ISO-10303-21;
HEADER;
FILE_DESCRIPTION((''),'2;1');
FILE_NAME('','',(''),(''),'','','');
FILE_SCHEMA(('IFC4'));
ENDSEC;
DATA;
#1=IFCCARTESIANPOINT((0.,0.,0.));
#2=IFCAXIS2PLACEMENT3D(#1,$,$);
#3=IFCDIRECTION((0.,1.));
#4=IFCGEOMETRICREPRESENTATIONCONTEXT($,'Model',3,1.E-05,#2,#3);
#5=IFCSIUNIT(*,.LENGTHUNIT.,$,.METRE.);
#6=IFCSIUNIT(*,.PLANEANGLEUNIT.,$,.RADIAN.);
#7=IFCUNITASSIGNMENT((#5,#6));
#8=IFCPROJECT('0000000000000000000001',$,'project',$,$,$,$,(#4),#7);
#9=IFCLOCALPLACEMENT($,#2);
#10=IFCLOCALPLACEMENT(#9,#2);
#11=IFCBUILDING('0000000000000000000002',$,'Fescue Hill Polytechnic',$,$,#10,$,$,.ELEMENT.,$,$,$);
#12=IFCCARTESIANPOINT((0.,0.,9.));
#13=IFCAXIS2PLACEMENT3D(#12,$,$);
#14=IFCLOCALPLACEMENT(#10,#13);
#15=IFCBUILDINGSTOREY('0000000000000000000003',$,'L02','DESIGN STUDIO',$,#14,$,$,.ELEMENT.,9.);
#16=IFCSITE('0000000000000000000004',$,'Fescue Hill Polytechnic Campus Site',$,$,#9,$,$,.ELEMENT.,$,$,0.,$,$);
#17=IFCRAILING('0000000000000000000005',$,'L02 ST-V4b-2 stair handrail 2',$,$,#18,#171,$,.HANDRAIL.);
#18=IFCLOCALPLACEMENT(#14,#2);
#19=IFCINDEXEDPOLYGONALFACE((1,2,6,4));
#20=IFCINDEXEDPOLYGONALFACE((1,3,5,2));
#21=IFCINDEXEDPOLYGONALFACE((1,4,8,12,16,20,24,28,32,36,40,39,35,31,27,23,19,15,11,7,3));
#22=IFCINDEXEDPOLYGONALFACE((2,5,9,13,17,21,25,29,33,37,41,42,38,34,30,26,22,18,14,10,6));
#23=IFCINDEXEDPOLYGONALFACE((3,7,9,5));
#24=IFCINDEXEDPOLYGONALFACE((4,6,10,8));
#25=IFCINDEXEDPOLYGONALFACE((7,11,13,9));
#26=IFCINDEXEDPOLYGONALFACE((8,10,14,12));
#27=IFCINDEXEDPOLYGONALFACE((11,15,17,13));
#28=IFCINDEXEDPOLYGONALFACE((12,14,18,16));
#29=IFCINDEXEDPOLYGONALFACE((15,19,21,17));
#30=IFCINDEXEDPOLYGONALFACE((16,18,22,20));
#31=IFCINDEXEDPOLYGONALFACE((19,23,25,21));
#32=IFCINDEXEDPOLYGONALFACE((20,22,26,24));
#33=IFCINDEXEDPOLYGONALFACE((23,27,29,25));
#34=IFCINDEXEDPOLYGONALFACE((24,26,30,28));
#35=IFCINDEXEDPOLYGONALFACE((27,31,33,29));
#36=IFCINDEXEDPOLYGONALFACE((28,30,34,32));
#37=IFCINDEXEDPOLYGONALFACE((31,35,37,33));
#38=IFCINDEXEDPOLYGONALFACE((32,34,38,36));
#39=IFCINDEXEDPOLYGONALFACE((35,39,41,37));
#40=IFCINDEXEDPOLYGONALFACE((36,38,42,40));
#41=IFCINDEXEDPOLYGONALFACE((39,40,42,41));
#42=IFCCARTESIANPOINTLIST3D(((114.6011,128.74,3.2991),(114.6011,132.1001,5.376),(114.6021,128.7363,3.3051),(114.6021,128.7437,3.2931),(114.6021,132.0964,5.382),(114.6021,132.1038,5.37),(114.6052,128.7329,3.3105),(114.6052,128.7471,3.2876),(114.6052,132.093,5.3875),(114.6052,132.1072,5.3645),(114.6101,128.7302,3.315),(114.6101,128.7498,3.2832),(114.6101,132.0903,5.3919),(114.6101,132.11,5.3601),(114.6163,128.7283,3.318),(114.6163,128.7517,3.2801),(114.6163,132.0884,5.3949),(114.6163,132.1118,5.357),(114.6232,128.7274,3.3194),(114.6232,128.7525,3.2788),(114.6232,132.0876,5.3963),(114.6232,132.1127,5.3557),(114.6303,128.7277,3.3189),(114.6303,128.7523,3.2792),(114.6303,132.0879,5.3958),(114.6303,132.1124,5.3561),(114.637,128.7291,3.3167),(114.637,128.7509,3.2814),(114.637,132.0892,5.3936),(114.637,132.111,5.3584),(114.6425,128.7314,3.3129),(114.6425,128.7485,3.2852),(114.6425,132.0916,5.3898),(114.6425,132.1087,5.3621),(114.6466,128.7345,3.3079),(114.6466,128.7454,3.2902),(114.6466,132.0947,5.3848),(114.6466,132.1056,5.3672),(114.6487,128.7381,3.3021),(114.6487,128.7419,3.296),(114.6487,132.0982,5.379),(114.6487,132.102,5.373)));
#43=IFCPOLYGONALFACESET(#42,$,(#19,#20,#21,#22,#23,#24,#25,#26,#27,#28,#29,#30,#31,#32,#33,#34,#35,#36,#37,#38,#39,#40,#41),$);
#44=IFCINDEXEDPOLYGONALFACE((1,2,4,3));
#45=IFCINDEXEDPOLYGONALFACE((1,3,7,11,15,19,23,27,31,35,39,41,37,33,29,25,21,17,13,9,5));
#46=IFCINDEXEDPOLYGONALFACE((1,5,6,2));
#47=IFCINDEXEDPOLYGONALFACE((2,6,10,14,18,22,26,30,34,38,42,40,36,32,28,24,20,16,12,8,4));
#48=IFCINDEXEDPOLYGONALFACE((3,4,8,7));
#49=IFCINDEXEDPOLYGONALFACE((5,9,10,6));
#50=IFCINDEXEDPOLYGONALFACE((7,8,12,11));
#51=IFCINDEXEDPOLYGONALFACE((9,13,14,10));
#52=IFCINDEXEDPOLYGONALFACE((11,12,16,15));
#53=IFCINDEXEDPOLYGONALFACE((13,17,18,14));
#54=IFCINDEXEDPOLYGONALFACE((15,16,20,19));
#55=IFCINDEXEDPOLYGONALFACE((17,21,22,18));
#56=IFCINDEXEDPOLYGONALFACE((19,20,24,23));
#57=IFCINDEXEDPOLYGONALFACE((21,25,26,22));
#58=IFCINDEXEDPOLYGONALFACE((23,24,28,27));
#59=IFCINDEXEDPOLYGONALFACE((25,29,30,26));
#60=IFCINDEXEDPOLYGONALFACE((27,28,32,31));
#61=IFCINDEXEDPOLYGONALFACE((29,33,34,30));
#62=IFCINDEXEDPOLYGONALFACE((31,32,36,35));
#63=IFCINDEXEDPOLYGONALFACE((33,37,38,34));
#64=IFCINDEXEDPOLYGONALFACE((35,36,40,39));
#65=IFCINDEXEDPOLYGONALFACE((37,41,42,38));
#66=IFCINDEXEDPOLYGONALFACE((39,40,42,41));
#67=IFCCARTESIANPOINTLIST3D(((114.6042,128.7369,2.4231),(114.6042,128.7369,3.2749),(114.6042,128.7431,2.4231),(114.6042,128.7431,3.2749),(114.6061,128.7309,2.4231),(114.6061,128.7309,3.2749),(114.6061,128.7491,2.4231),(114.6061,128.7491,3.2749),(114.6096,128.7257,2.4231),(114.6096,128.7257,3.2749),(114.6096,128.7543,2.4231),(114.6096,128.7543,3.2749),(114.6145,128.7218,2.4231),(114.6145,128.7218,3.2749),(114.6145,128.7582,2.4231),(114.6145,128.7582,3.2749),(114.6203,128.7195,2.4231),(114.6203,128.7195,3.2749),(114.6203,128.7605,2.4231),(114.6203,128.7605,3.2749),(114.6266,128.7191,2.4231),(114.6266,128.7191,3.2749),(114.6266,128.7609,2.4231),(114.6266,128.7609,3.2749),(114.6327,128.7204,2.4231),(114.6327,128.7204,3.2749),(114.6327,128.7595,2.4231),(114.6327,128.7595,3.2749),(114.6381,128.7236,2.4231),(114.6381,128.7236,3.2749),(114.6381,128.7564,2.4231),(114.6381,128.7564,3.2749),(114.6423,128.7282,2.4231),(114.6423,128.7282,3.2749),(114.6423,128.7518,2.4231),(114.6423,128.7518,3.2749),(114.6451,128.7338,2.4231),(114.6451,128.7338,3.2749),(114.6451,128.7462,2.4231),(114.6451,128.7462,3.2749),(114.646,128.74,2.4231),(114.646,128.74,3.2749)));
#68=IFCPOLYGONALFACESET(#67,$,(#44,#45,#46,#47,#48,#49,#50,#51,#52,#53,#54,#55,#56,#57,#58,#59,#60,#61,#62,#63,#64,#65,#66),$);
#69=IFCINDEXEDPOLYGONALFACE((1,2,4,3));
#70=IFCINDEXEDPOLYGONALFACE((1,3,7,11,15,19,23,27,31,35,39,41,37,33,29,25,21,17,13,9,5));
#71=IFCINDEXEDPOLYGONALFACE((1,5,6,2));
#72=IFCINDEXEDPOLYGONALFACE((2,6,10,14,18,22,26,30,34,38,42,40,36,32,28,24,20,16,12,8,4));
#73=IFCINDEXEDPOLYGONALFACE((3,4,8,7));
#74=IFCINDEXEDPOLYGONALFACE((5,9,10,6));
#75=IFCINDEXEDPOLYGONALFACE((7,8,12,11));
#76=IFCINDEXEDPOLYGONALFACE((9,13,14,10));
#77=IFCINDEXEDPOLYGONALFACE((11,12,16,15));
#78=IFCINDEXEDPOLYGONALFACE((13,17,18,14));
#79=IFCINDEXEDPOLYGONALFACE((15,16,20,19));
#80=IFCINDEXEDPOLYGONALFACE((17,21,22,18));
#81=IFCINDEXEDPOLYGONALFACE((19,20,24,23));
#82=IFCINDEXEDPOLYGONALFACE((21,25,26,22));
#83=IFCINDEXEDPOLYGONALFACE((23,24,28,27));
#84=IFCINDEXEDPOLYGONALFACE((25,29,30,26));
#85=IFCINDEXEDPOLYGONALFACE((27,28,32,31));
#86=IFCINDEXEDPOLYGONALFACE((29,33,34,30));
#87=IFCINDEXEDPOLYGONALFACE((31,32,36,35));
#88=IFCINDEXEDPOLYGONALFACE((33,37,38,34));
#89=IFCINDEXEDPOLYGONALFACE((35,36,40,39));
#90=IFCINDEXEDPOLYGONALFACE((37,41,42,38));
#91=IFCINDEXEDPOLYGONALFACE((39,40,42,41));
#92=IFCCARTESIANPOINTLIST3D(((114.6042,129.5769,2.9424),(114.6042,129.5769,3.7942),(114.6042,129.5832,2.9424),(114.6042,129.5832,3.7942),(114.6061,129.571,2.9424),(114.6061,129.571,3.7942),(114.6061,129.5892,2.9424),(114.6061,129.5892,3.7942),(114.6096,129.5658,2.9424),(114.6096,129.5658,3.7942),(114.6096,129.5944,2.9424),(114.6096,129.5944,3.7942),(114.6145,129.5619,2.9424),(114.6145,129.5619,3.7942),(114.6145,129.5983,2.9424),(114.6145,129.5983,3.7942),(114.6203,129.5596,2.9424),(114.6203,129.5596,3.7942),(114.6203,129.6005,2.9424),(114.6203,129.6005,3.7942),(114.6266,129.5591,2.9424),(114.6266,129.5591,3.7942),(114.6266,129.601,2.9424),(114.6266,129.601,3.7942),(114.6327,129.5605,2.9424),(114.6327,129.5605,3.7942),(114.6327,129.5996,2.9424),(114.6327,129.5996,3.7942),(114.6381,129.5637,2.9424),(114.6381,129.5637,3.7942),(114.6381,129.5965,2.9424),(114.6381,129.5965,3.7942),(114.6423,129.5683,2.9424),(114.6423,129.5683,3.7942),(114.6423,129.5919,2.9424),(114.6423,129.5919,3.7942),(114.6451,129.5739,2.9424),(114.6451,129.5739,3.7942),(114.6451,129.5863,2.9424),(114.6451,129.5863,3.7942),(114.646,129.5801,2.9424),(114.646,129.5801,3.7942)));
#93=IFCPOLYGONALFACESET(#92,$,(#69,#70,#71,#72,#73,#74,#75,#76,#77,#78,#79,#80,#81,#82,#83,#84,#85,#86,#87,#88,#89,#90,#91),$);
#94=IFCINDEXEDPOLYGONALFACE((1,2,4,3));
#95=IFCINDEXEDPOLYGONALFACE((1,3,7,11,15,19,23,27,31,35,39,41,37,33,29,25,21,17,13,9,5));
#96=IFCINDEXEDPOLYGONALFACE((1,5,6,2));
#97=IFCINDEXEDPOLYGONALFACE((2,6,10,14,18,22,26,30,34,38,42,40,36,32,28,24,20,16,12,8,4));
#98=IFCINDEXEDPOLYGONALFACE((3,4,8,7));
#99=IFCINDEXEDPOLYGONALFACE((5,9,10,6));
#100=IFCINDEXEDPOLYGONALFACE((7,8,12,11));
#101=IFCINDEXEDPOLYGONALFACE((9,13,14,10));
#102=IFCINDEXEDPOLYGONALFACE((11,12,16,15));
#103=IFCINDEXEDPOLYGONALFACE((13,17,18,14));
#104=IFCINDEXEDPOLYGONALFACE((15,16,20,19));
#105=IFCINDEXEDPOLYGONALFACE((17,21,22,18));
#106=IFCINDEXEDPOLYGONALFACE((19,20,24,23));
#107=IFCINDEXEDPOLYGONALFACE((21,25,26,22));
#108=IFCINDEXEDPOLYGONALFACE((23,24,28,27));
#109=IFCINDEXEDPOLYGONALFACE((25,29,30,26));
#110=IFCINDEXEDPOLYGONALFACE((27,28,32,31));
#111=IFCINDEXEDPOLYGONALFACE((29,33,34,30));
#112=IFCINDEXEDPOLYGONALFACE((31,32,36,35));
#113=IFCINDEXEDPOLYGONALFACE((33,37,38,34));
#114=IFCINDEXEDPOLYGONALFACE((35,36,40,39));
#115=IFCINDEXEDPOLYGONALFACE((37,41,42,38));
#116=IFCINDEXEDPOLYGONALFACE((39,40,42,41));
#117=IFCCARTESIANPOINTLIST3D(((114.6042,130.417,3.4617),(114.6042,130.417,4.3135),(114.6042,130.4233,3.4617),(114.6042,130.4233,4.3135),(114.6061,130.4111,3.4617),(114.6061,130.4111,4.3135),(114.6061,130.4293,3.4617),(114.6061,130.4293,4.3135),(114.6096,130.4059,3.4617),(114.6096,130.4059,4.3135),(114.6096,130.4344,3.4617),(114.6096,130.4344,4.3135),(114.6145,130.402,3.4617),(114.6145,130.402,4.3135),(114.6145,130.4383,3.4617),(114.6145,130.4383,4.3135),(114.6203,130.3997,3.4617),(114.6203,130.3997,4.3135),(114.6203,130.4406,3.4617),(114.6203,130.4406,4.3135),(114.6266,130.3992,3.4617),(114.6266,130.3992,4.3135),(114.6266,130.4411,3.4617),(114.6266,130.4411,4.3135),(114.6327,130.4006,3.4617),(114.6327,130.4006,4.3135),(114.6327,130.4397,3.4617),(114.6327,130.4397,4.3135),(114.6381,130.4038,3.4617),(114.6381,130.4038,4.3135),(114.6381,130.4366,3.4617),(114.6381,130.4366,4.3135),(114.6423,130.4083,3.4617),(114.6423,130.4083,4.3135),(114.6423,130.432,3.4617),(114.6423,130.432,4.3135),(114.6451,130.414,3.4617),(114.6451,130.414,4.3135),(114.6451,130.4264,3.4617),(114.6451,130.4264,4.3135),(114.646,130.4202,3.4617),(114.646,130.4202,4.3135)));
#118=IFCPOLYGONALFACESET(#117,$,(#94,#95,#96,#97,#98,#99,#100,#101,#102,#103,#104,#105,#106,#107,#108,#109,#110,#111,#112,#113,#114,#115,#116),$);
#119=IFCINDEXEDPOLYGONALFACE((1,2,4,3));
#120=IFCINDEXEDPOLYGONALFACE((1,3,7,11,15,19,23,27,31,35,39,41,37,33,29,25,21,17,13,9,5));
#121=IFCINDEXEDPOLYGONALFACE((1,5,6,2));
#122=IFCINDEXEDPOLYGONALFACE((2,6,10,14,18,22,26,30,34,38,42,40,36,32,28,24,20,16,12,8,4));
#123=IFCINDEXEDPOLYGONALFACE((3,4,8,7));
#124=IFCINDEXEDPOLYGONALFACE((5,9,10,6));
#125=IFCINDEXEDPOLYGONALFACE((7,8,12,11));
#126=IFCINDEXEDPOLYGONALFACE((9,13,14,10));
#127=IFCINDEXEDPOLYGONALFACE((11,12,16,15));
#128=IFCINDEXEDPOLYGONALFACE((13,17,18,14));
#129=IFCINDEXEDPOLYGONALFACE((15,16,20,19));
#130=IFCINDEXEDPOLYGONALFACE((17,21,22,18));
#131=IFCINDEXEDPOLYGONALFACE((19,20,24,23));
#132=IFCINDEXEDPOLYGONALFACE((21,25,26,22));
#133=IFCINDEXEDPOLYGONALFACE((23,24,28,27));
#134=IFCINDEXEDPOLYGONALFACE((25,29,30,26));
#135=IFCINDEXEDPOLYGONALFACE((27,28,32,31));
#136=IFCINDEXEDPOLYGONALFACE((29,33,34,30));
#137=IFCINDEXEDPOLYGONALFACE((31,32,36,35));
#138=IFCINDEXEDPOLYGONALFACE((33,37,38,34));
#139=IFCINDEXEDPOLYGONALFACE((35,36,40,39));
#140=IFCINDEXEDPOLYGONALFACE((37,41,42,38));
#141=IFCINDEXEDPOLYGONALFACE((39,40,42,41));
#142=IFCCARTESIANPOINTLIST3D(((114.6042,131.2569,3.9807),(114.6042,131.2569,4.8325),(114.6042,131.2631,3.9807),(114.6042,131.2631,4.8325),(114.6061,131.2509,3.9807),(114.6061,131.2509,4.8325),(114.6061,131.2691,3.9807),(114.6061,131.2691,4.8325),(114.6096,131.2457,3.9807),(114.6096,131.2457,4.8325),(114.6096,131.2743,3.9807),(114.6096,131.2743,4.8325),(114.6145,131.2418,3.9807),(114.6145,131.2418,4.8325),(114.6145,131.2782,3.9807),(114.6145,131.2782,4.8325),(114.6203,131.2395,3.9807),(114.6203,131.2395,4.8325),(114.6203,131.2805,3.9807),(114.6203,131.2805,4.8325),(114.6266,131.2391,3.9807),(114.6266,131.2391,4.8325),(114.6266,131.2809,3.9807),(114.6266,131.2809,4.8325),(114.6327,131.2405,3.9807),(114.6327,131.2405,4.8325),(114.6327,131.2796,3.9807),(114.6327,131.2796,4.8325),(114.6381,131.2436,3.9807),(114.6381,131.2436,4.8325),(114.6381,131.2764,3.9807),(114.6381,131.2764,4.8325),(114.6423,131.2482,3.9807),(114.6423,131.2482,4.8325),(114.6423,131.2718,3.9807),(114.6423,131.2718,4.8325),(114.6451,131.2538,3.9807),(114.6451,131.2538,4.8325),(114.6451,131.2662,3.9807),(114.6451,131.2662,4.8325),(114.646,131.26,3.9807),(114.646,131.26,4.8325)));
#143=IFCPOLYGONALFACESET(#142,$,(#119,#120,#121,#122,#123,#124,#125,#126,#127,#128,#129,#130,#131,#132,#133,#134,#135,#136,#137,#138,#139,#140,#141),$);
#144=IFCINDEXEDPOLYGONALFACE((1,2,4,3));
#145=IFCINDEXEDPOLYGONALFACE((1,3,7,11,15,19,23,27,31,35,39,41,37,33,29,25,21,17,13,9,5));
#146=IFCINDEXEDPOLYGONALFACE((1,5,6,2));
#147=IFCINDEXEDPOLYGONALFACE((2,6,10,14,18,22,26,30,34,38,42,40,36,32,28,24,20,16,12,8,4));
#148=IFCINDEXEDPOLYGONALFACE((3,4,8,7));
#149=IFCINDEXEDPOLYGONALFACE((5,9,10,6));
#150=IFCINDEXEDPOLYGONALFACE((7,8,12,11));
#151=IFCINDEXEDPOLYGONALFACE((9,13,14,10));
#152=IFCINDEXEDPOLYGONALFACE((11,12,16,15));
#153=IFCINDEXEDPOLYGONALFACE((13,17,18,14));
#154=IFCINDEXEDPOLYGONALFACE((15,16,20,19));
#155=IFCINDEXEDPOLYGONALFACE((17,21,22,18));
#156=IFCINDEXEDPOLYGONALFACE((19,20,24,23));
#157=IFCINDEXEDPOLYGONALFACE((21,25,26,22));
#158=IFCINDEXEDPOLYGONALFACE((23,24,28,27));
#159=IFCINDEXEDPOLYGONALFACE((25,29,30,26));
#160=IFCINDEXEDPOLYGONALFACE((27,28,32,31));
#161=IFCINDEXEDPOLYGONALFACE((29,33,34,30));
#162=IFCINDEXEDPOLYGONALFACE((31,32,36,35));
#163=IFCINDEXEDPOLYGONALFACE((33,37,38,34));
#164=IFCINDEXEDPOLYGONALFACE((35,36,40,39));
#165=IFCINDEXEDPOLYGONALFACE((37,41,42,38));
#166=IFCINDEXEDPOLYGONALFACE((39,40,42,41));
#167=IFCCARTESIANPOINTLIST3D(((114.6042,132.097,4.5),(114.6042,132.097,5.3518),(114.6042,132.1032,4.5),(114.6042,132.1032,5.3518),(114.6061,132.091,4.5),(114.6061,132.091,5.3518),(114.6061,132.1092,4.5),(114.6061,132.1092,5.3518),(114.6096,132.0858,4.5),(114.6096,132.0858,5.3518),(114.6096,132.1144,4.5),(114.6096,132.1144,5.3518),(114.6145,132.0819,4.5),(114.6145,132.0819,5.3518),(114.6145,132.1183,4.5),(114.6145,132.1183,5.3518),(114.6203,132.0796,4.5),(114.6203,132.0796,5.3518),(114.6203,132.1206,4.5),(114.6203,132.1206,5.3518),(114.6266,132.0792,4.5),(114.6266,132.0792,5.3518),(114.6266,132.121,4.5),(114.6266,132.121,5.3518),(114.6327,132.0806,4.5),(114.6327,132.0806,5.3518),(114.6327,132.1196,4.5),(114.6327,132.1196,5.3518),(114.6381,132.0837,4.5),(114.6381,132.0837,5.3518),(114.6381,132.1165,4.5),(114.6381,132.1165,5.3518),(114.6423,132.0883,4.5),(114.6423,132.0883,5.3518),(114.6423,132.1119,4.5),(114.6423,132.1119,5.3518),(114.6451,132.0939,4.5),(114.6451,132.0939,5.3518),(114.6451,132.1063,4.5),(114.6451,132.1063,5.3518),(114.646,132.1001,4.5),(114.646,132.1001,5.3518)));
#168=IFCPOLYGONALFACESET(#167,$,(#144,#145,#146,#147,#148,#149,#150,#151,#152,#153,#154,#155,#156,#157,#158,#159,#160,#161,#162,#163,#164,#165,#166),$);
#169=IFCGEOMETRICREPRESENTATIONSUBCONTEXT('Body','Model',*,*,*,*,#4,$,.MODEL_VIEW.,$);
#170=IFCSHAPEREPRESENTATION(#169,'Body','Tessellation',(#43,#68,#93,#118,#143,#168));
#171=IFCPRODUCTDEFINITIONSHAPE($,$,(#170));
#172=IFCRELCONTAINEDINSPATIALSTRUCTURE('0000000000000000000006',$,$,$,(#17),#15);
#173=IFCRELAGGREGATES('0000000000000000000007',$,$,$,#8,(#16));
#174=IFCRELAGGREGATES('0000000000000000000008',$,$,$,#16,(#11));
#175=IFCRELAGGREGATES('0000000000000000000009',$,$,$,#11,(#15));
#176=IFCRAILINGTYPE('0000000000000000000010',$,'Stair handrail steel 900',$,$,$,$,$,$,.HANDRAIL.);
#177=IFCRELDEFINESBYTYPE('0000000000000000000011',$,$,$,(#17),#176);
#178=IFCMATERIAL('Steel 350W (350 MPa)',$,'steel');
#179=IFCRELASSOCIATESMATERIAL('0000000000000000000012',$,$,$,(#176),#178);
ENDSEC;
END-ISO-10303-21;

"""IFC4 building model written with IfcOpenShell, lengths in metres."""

from ifc_helpers import new_model, si_unit, direction, frame, origin, origin_2d, place, context, subcontext, project, spatial, circle, extrude, material, type_object, element, save


model = new_model("IFC4")

# Units and contexts
model_context = context("Model", 3, precision=1e-05, world=origin(), true_north=direction((0.0, 1.0)))
body_context = subcontext(model_context, "Body", "Model", "MODEL_VIEW")
ifc_project = project(units=[si_unit("LENGTHUNIT", "METRE"), si_unit("PLANEANGLEUNIT", "RADIAN")], contexts=[model_context])

# Site, building, storey
site_placement = place(None, origin())
site = spatial("IfcSite", under=ifc_project, at=site_placement, Name="Fescue Hill Polytechnic Campus Site", CompositionType="ELEMENT", RefElevation=0.0)
building_placement = place(site_placement, origin())
building = spatial("IfcBuilding", under=site, at=building_placement, Name="Fescue Hill Polytechnic", CompositionType="ELEMENT")
storey_placement = place(building_placement, frame((0.0, 0.0, 9.0)))
storey = spatial("IfcBuildingStorey", under=building, at=storey_placement, Name="L02", Description="DESIGN STUDIO", CompositionType="ELEMENT", Elevation=9.0)

# Railing
ifc_material_1 = material(Name="Steel 350W (350 MPa)", Category="steel")
railing_type = type_object("IfcRailingType", Name="Stair handrail steel 900", PredefinedType="HANDRAIL", material=ifc_material_1)
for number, where, name in (
    (1, (114.625, 128.74, 2.4231), "L02 ST-V4b-2 stair handrail 2"),
):
    element("IfcRailing", number, at=place(storey_placement, frame(where)), inside=storey, type_object=railing_type, Name=name, PredefinedType="HANDRAIL", context=body_context, shape_type="SweptSolid", body=[
        extrude(circle(Radius=0.0239, at=origin_2d()), frame((0.0, 0.0, 0.876), z_axis=(0.0, 0.850623, 0.525776), x_axis=(-1.0, 0.0, 0.0)), (0.0, 0.0, 1.0), 3.9502),
        extrude(circle(Radius=0.021, at=origin_2d()), origin(), (0.0, 0.0, 1.0), 0.8518),
        extrude(circle(Radius=0.021, at=origin_2d()), frame((0.0, 0.8401, 0.5193)), (0.0, 0.0, 1.0), 0.8518),
        extrude(circle(Radius=0.021, at=origin_2d()), frame((0.0, 1.6802, 1.0386)), (0.0, 0.0, 1.0), 0.8518),
        extrude(circle(Radius=0.021, at=origin_2d()), frame((0.0, 2.52, 1.5576)), (0.0, 0.0, 1.0), 0.8518),
        extrude(circle(Radius=0.021, at=origin_2d()), frame((0.0, 3.3601, 2.0769)), (0.0, 0.0, 1.0), 0.8518),
    ])

save(model, "model.ifc")
